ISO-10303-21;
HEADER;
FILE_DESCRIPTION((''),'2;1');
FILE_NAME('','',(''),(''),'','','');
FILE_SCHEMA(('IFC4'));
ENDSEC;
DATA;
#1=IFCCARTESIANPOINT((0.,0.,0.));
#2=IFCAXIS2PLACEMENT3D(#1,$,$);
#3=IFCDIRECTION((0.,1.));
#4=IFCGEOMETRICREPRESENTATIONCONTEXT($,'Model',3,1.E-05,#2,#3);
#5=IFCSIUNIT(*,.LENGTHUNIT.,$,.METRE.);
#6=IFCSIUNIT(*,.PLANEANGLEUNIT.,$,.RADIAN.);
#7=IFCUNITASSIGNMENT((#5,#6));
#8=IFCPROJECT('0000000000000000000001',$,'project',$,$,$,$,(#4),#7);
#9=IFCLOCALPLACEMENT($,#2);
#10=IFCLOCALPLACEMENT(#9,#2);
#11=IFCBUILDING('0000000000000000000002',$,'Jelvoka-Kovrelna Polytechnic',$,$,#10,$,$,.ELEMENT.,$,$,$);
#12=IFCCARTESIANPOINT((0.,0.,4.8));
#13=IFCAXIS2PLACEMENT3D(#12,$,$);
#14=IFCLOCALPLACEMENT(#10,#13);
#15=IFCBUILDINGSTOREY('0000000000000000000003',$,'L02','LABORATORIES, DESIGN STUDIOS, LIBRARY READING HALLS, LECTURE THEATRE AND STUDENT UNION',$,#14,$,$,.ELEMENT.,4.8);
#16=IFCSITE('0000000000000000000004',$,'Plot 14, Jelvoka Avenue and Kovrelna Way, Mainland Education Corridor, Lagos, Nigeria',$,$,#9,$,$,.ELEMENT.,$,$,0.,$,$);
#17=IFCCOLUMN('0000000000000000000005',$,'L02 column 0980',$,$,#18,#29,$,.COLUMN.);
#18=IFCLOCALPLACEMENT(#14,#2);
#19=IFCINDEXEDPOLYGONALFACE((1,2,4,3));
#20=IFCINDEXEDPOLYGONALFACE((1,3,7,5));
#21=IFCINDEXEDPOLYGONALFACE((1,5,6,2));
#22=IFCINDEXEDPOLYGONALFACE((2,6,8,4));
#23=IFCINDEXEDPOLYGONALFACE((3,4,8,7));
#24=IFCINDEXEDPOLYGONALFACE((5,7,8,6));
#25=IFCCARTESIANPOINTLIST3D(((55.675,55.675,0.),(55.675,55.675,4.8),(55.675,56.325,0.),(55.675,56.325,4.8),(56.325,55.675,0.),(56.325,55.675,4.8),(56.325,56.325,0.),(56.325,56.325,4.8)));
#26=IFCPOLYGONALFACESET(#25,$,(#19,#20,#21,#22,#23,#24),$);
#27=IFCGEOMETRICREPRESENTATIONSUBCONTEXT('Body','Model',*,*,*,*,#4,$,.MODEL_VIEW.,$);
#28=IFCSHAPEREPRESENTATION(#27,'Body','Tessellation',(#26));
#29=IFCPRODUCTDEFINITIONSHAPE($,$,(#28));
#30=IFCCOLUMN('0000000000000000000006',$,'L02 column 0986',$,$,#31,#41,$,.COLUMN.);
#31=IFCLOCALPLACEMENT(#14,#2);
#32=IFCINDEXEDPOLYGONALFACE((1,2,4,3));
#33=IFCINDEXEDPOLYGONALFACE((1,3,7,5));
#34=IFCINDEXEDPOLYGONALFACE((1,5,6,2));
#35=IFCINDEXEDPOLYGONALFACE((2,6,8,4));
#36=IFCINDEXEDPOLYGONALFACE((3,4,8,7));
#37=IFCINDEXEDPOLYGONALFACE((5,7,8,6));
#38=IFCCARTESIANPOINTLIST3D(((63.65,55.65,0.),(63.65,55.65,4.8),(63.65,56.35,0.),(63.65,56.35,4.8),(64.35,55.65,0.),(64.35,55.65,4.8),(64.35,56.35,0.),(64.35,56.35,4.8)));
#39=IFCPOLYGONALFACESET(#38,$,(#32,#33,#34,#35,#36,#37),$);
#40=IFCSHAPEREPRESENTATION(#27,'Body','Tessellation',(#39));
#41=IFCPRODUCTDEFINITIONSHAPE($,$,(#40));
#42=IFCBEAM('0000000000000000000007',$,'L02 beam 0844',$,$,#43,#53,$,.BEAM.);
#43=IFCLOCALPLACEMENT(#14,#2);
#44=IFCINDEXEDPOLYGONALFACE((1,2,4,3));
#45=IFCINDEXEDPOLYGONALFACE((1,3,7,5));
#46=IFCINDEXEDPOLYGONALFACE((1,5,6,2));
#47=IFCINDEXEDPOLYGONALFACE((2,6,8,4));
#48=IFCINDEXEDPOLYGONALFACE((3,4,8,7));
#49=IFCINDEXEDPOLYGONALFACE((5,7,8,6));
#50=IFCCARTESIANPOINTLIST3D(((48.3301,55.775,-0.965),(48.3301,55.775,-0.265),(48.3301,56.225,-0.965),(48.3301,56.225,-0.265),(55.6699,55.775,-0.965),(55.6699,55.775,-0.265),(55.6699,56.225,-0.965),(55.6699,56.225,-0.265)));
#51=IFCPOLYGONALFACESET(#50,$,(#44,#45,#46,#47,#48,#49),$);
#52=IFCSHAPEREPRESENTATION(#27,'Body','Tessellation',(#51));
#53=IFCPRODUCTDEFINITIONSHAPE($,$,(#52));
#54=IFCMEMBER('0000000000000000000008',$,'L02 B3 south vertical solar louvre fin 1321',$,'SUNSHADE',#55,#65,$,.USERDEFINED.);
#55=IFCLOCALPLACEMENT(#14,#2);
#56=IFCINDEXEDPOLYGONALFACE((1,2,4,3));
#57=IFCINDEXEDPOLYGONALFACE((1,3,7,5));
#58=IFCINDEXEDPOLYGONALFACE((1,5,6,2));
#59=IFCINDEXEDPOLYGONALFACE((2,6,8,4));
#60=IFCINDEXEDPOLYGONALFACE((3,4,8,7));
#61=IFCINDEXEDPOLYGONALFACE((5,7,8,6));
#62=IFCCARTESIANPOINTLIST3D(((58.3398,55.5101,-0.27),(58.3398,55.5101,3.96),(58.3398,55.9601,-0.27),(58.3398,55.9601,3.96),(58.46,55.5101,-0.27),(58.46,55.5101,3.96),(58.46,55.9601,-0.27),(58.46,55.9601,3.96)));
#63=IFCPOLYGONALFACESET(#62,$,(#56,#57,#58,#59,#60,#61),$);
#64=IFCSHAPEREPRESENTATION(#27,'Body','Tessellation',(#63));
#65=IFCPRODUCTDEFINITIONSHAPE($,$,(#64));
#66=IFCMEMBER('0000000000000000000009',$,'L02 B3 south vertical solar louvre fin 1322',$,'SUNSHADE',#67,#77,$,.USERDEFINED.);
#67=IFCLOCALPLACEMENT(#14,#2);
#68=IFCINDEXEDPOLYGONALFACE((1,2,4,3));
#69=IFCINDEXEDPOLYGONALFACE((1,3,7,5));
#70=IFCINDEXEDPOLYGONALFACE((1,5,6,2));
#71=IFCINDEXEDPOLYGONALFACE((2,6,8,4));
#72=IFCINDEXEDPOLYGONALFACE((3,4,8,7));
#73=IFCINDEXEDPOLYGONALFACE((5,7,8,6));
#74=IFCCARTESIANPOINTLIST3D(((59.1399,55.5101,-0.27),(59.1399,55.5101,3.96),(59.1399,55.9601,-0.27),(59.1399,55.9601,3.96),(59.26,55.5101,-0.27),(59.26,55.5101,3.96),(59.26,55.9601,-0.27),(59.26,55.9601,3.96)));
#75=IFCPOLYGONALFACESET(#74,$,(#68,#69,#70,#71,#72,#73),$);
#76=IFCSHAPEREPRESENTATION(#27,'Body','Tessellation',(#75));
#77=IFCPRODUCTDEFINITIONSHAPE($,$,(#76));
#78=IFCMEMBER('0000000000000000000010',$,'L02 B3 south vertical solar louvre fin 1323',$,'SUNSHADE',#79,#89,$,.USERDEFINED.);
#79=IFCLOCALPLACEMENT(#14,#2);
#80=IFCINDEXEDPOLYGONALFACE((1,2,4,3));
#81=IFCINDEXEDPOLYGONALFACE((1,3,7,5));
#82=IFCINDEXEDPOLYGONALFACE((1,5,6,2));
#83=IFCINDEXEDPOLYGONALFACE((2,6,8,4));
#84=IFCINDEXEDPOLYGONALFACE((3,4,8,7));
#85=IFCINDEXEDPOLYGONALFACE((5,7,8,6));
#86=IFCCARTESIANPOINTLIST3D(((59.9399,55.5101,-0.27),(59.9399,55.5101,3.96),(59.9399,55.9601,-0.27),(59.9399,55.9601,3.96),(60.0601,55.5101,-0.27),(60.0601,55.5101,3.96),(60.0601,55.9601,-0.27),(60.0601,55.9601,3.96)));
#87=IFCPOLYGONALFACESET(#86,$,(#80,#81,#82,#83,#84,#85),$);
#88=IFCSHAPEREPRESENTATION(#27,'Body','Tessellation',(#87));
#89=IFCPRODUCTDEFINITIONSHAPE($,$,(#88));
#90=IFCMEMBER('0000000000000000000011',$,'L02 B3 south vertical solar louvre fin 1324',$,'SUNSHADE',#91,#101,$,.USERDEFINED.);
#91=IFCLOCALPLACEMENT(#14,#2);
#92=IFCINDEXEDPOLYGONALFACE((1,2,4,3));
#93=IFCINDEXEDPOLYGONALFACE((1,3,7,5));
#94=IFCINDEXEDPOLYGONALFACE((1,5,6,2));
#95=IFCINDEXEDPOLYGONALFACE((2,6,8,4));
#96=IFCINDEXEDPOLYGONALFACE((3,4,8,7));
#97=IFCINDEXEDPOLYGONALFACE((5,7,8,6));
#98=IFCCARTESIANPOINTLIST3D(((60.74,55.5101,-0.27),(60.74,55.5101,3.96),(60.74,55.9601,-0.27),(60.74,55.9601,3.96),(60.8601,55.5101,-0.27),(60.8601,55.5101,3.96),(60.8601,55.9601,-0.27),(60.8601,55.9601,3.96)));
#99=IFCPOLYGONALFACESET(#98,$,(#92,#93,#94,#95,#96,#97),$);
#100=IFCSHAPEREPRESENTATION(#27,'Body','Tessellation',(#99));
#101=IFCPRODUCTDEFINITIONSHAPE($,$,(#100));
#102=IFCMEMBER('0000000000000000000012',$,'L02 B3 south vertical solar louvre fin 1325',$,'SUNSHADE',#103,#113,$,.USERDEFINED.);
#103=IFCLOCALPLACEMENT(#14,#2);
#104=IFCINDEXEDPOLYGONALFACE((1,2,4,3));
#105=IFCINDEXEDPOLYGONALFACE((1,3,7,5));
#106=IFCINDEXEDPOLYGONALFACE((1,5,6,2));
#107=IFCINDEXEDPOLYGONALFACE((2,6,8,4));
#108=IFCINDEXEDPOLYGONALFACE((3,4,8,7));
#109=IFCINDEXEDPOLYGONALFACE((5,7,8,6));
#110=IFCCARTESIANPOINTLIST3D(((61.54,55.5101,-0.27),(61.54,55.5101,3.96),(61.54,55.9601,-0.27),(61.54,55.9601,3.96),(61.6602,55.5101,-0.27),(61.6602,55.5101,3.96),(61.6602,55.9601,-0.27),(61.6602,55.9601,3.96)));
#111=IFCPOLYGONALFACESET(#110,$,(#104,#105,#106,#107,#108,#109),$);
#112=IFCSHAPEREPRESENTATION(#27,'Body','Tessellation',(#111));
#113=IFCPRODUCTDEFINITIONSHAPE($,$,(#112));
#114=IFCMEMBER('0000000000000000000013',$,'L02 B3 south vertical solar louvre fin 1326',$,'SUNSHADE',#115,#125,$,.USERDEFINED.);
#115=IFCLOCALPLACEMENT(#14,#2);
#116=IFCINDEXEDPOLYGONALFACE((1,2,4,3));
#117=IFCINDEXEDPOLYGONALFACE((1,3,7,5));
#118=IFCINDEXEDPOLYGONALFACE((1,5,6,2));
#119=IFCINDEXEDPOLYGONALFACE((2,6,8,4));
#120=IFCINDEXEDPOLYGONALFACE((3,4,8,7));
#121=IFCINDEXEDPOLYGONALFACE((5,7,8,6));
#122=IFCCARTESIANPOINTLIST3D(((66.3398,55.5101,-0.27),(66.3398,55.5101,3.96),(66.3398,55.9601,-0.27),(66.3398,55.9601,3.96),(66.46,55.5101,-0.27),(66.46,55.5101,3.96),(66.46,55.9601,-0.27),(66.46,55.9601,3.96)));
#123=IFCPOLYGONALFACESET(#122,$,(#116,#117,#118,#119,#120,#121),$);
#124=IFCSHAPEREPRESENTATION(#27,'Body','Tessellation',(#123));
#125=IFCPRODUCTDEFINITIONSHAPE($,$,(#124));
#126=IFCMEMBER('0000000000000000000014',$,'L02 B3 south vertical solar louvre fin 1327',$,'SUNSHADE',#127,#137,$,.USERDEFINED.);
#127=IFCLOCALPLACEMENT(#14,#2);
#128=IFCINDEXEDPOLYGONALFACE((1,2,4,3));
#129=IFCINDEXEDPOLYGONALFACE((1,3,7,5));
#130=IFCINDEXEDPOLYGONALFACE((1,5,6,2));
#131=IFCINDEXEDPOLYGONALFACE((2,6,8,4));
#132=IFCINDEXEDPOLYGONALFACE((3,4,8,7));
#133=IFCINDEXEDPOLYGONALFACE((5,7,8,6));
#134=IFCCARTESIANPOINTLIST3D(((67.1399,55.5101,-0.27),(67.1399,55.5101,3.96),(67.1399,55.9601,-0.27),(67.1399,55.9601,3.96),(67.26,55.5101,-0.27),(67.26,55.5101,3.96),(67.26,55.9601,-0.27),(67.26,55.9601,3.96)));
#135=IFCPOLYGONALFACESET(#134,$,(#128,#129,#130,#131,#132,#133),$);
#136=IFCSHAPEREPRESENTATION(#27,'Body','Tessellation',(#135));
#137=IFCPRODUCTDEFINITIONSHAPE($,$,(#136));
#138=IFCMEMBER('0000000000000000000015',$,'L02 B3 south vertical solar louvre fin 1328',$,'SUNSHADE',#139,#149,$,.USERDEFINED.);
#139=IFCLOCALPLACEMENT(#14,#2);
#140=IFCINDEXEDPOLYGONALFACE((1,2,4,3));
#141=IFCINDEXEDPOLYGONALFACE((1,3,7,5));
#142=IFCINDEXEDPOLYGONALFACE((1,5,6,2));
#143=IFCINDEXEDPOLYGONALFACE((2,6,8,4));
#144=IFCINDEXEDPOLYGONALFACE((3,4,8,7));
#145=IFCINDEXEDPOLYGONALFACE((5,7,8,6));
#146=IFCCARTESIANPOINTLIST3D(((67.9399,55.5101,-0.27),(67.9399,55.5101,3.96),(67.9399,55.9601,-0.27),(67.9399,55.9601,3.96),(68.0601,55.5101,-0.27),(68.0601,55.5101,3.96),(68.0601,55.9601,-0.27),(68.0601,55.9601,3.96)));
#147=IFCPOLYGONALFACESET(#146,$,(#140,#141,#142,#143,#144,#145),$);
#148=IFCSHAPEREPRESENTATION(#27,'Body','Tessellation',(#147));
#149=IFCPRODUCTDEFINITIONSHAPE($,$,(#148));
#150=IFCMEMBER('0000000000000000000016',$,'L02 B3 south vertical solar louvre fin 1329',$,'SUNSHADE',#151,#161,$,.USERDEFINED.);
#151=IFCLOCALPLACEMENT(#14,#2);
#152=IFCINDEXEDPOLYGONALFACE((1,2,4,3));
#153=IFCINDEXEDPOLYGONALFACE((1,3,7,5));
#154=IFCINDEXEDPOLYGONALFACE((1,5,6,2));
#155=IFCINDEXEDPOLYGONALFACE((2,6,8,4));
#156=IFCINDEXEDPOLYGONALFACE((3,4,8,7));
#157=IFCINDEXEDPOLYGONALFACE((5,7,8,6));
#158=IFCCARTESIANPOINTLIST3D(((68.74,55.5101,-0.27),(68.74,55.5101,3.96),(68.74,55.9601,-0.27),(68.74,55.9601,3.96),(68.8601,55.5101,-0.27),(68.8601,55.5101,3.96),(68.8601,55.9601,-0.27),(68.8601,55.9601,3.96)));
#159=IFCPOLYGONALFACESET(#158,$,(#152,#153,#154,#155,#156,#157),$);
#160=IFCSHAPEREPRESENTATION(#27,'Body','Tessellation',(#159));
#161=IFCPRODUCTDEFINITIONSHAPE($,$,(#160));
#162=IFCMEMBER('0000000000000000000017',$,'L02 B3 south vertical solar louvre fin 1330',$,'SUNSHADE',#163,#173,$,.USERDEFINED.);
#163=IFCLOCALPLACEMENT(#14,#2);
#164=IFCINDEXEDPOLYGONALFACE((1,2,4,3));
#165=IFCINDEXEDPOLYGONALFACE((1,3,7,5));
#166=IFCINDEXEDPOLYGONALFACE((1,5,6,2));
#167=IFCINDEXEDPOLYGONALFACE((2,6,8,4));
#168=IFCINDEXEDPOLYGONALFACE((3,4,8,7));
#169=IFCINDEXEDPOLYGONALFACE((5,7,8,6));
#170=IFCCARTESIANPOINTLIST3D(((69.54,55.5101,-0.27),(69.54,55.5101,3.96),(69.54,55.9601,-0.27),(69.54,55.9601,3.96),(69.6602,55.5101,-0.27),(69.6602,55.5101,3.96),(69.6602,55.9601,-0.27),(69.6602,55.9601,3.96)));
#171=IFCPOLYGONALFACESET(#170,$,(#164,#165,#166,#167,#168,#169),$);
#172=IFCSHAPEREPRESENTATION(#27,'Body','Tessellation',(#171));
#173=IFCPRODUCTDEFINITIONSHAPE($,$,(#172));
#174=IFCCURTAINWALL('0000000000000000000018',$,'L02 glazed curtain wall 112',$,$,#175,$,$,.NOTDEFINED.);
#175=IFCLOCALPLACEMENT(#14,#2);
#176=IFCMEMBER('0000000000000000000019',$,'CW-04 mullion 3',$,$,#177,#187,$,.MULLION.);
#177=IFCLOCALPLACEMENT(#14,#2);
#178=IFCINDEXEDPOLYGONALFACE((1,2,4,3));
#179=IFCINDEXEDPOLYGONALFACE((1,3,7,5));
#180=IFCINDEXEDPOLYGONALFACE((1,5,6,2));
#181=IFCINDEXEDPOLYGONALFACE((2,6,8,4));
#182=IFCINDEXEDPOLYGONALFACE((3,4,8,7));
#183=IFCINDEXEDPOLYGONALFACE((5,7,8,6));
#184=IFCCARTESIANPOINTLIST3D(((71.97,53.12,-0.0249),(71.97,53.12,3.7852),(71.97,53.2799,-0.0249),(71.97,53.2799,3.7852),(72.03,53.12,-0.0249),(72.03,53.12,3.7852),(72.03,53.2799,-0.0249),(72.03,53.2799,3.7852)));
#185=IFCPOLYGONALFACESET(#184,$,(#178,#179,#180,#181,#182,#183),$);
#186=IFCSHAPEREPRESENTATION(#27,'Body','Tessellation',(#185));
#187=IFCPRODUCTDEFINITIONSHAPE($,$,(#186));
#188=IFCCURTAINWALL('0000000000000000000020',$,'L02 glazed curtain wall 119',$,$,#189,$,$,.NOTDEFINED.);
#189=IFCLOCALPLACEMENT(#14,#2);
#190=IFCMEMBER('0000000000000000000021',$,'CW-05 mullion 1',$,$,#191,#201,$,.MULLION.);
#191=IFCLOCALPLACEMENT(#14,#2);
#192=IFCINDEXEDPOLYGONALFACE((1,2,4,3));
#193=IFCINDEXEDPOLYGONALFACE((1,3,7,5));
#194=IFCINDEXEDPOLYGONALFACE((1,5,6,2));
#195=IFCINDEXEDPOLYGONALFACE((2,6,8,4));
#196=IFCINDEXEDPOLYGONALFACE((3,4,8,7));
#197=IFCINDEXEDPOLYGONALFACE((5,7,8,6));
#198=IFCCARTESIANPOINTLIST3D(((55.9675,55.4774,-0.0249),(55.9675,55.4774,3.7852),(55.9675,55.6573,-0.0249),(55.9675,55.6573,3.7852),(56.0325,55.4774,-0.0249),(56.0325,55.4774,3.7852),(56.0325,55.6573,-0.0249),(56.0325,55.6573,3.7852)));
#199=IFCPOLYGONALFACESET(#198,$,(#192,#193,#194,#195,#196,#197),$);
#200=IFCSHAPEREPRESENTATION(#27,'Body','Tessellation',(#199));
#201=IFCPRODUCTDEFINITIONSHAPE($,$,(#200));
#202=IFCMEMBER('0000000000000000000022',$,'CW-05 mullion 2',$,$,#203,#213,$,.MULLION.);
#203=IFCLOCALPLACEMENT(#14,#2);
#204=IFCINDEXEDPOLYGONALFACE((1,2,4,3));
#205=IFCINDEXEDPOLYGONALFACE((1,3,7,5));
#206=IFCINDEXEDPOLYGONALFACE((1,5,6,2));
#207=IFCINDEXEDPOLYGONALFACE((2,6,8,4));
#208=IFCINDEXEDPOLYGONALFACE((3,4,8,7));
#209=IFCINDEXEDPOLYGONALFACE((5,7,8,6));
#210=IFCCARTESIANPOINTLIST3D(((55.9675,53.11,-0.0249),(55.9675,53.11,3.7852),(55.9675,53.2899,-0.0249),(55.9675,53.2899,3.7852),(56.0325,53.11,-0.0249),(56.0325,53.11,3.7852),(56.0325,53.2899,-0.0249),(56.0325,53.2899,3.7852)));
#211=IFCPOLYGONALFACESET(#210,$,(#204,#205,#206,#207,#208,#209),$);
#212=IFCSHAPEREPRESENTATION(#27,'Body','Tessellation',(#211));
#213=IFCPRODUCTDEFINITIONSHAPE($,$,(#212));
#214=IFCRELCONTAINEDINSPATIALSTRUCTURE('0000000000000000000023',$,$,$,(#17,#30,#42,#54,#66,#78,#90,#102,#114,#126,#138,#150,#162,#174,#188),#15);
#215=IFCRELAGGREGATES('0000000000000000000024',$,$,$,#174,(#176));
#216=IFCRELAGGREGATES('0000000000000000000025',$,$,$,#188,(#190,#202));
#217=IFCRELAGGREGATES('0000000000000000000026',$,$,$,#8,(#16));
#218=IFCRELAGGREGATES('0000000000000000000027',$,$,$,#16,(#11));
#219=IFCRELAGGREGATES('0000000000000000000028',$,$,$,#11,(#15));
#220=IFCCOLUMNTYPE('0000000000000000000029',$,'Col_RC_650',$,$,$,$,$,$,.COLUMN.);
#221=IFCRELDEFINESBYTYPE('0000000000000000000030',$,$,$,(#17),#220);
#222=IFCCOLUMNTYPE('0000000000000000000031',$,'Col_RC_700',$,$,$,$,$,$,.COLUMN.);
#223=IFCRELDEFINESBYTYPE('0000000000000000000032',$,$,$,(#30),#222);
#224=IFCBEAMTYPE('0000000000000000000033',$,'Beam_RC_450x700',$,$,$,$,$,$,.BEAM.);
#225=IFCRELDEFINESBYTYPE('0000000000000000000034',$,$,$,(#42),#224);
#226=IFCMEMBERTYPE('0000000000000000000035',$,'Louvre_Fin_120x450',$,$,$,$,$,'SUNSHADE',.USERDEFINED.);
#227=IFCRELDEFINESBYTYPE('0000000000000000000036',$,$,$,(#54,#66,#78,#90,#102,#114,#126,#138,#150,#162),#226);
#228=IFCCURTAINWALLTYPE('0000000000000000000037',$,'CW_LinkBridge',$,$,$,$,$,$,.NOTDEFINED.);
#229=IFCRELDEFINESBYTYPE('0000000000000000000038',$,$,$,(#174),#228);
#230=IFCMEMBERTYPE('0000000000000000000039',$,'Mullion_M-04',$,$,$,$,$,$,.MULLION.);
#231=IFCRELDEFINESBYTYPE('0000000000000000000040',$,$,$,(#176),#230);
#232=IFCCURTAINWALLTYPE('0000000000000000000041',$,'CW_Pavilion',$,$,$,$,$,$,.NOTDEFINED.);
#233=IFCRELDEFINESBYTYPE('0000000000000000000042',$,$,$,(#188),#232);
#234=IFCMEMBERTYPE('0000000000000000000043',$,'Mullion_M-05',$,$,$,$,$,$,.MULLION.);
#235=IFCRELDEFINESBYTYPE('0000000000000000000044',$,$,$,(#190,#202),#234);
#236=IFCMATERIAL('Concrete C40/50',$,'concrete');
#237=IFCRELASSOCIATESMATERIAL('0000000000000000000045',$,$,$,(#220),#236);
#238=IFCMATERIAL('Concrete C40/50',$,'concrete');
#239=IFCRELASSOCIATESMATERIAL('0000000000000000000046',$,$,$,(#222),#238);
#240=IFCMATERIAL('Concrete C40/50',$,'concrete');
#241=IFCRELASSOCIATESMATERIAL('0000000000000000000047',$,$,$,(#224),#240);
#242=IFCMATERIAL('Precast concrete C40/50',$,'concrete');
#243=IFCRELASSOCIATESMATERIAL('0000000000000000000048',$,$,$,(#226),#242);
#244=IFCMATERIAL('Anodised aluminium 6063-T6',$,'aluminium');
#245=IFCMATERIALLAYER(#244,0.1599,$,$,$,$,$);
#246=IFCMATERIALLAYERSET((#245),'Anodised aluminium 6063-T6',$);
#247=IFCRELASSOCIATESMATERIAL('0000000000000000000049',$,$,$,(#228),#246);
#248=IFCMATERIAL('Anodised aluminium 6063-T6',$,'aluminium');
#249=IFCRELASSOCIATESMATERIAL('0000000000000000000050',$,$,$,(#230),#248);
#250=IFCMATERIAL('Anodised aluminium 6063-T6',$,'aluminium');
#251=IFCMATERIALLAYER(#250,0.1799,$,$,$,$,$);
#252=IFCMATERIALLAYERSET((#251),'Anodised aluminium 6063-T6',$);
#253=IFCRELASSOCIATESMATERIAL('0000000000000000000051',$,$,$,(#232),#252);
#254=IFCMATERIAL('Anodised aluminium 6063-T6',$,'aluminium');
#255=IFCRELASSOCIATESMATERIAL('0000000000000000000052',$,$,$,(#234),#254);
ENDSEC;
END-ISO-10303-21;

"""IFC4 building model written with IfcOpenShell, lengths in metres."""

from ifc_helpers import new_model, si_unit, direction, frame, origin, origin_2d, place, context, subcontext, project, spatial, rectangle, extrude, material, layer, layer_set, material_profile, profile_set, type_object, element, aggregate, save


model = new_model("IFC4")

# Units and contexts
model_context = context("Model", 3, precision=1e-05, world=origin(), true_north=direction((0.0, 1.0)))
body_context = subcontext(model_context, "Body", "Model", "MODEL_VIEW")
ifc_project = project(units=[si_unit("LENGTHUNIT", "METRE"), si_unit("PLANEANGLEUNIT", "RADIAN")], contexts=[model_context])

# Site, building, storey
site_placement = place(None, origin())
site = spatial("IfcSite", under=ifc_project, at=site_placement, Name="Plot 14, Jelvoka Avenue and Kovrelna Way, Mainland Education Corridor, Lagos, Nigeria", CompositionType="ELEMENT", RefElevation=0.0)
building_placement = place(site_placement, origin())
building = spatial("IfcBuilding", under=site, at=building_placement, Name="Jelvoka-Kovrelna Polytechnic", CompositionType="ELEMENT")
storey_placement = place(building_placement, frame((0.0, 0.0, 4.8)))
storey = spatial("IfcBuildingStorey", under=building, at=storey_placement, Name="L02", Description="LABORATORIES, DESIGN STUDIOS, LIBRARY READING HALLS, LECTURE THEATRE AND STUDENT UNION", CompositionType="ELEMENT", Elevation=4.8)

# Columns
ifc_material_1 = material(Name="Concrete C40/50", Category="concrete")
ifc_material_profile_1 = material_profile(ifc_material_1, rectangle(XDim=0.6499, YDim=0.6499, at=origin_2d()), Name="RC 650x650")
ifc_profile_set_1 = profile_set([ifc_material_profile_1], Name="Concrete C40/50")
column_type_1 = type_object("IfcColumnType", Name="Col_RC_650", PredefinedType="COLUMN", material=ifc_profile_set_1)
column_1_placement = place(storey_placement, frame((56.0, 56.0, 0.0), z_axis=(0.0, 0.0, 1.0), x_axis=(1.0, 0.0, 0.0)))
element("IfcColumn", 1, at=column_1_placement, inside=storey, type_object=column_type_1, Name="L02 column 0980", PredefinedType="COLUMN", context=body_context, shape_type="SweptSolid", body=[
    extrude(rectangle(XDim=0.6499, YDim=0.6499, at=origin_2d()), origin(), (0.0, 0.0, 1.0), 4.8),
])
ifc_material_2 = material(Name="Concrete C40/50", Category="concrete")
ifc_material_profile_2 = material_profile(ifc_material_2, rectangle(XDim=0.7, YDim=0.7, at=origin_2d()), Name="RC 700x700")
ifc_profile_set_2 = profile_set([ifc_material_profile_2], Name="Concrete C40/50")
column_type_2 = type_object("IfcColumnType", Name="Col_RC_700", PredefinedType="COLUMN", material=ifc_profile_set_2)
column_2_placement = place(storey_placement, frame((64.0, 56.0, 0.0), z_axis=(0.0, 0.0, 1.0), x_axis=(1.0, 0.0, 0.0)))
element("IfcColumn", 2, at=column_2_placement, inside=storey, type_object=column_type_2, Name="L02 column 0986", PredefinedType="COLUMN", context=body_context, shape_type="SweptSolid", body=[
    extrude(rectangle(XDim=0.7, YDim=0.7, at=origin_2d()), origin(), (0.0, 0.0, 1.0), 4.8),
])

# Beam
ifc_material_3 = material(Name="Concrete C40/50", Category="concrete")
ifc_material_profile_3 = material_profile(ifc_material_3, rectangle(XDim=0.45, YDim=0.7, at=origin_2d()), Name="RC 450x700")
ifc_profile_set_3 = profile_set([ifc_material_profile_3], Name="Concrete C40/50")
beam_type_1 = type_object("IfcBeamType", Name="Beam_RC_450x700", PredefinedType="BEAM", material=ifc_profile_set_3)
beam_1_placement = place(storey_placement, frame((48.3301, 56.0, -0.615), z_axis=(1.0, 0.0, 0.0), x_axis=(0.0, 1.0, 0.0)))
element("IfcBeam", 3, at=beam_1_placement, inside=storey, type_object=beam_type_1, Name="L02 beam 0844", PredefinedType="BEAM", context=body_context, shape_type="SweptSolid", body=[
    extrude(rectangle(XDim=0.45, YDim=0.7, at=origin_2d()), origin(), (0.0, 0.0, 1.0), 7.3398),
])

# Members
ifc_material_4 = material(Name="Precast concrete C40/50", Category="concrete")
ifc_material_profile_4 = material_profile(ifc_material_4, rectangle(XDim=0.1201, YDim=0.45, at=origin_2d()), Name="PC 120x450")
ifc_profile_set_4 = profile_set([ifc_material_profile_4], Name="Precast concrete C40/50")
member_type_1 = type_object("IfcMemberType", Name="Louvre_Fin_120x450", ElementType="SUNSHADE", PredefinedType="USERDEFINED", material=ifc_profile_set_4)
for number, where, z_axis, x_axis, name in (
    (4, (58.3999, 55.7351, -0.27), (0.0, 0.0, 1.0), (1.0, 0.0, 0.0), "L02 B3 south vertical solar louvre fin 1321"),
    (5, (59.2, 55.7351, -0.27), (0.0, 0.0, 1.0), (1.0, 0.0, 0.0), "L02 B3 south vertical solar louvre fin 1322"),
    (6, (60.0, 55.7351, -0.27), (0.0, 0.0, 1.0), (1.0, 0.0, 0.0), "L02 B3 south vertical solar louvre fin 1323"),
    (7, (60.8, 55.7351, -0.27), (0.0, 0.0, 1.0), (1.0, 0.0, 0.0), "L02 B3 south vertical solar louvre fin 1324"),
    (8, (61.6001, 55.7351, -0.27), (0.0, 0.0, 1.0), (1.0, 0.0, 0.0), "L02 B3 south vertical solar louvre fin 1325"),
    (9, (66.3999, 55.7351, -0.27), (0.0, 0.0, 1.0), (1.0, 0.0, 0.0), "L02 B3 south vertical solar louvre fin 1326"),
    (10, (67.2, 55.7351, -0.27), (0.0, 0.0, 1.0), (1.0, 0.0, 0.0), "L02 B3 south vertical solar louvre fin 1327"),
    (11, (68.0, 55.7351, -0.27), (0.0, 0.0, 1.0), (1.0, 0.0, 0.0), "L02 B3 south vertical solar louvre fin 1328"),
    (12, (68.8, 55.7351, -0.27), (0.0, 0.0, 1.0), (1.0, 0.0, 0.0), "L02 B3 south vertical solar louvre fin 1329"),
    (13, (69.6001, 55.7351, -0.27), (0.0, 0.0, 1.0), (1.0, 0.0, 0.0), "L02 B3 south vertical solar louvre fin 1330"),
):
    element("IfcMember", number, at=place(storey_placement, frame(where, z_axis=z_axis, x_axis=x_axis)), inside=storey, type_object=member_type_1, Name=name, ObjectType="SUNSHADE", PredefinedType="USERDEFINED", context=body_context, shape_type="SweptSolid", body=[
        extrude(rectangle(XDim=0.1201, YDim=0.45, at=origin_2d()), origin(), (0.0, 0.0, 1.0), 4.23),
    ])

# Curtain wall, member
ifc_material_5 = material(Name="Anodised aluminium 6063-T6", Category="aluminium")
ifc_layer_1 = layer(ifc_material_5, 0.1599)
ifc_layer_set_1 = layer_set([ifc_layer_1], Name="Anodised aluminium 6063-T6")
curtain_wall_type_1 = type_object("IfcCurtainWallType", Name="CW_LinkBridge", PredefinedType="NOTDEFINED", material=ifc_layer_set_1)
curtain_wall_1_placement = place(storey_placement, origin())
curtain_wall_1 = element("IfcCurtainWall", 14, at=curtain_wall_1_placement, inside=storey, type_object=curtain_wall_type_1, Name="L02 glazed curtain wall 112", PredefinedType="NOTDEFINED")
ifc_material_6 = material(Name="Anodised aluminium 6063-T6", Category="aluminium")
ifc_material_profile_5 = material_profile(ifc_material_6, rectangle(XDim=0.0601, YDim=0.1599, at=origin_2d()), Name="ALU 60x160")
ifc_profile_set_5 = profile_set([ifc_material_profile_5], Name="Anodised aluminium 6063-T6")
member_type_2 = type_object("IfcMemberType", Name="Mullion_M-04", PredefinedType="MULLION", material=ifc_profile_set_5)
member_1_placement = place(storey_placement, frame((72.0, 53.2, -0.0249), z_axis=(0.0, 0.0, 1.0), x_axis=(-1.0, 0.0, 0.0)))
member_1 = element("IfcMember", 15, at=member_1_placement, type_object=member_type_2, Name="CW-04 mullion 3", PredefinedType="MULLION", context=body_context, shape_type="SweptSolid", body=[
    extrude(rectangle(XDim=0.0601, YDim=0.1599, at=origin_2d()), origin(), (0.0, 0.0, 1.0), 3.8101),
])
aggregate(curtain_wall_1, [member_1])

# Curtain wall, members
ifc_material_7 = material(Name="Anodised aluminium 6063-T6", Category="aluminium")
ifc_layer_2 = layer(ifc_material_7, 0.1799)
ifc_layer_set_2 = layer_set([ifc_layer_2], Name="Anodised aluminium 6063-T6")
curtain_wall_type_2 = type_object("IfcCurtainWallType", Name="CW_Pavilion", PredefinedType="NOTDEFINED", material=ifc_layer_set_2)
curtain_wall_2_placement = place(storey_placement, origin())
curtain_wall_2 = element("IfcCurtainWall", 16, at=curtain_wall_2_placement, inside=storey, type_object=curtain_wall_type_2, Name="L02 glazed curtain wall 119", PredefinedType="NOTDEFINED")
ifc_material_8 = material(Name="Anodised aluminium 6063-T6", Category="aluminium")
ifc_material_profile_6 = material_profile(ifc_material_8, rectangle(XDim=0.0649, YDim=0.1799, at=origin_2d()), Name="ALU 65x180")
ifc_profile_set_6 = profile_set([ifc_material_profile_6], Name="Anodised aluminium 6063-T6")
member_type_3 = type_object("IfcMemberType", Name="Mullion_M-05", PredefinedType="MULLION", material=ifc_profile_set_6)
member_2_placement = place(storey_placement, frame((56.0, 55.5674, -0.0249), z_axis=(0.0, 0.0, 1.0), x_axis=(1.0, 0.0, 0.0)))
member_2 = element("IfcMember", 17, at=member_2_placement, type_object=member_type_3, Name="CW-05 mullion 1", PredefinedType="MULLION", context=body_context, shape_type="SweptSolid", body=[
    extrude(rectangle(XDim=0.0649, YDim=0.1799, at=origin_2d()), origin(), (0.0, 0.0, 1.0), 3.8101),
])
member_3_placement = place(storey_placement, frame((56.0, 53.2, -0.0249), z_axis=(0.0, 0.0, 1.0), x_axis=(1.0, 0.0, 0.0)))
member_3 = element("IfcMember", 18, at=member_3_placement, type_object=member_type_3, Name="CW-05 mullion 2", PredefinedType="MULLION", context=body_context, shape_type="SweptSolid", body=[
    extrude(rectangle(XDim=0.0649, YDim=0.1799, at=origin_2d()), origin(), (0.0, 0.0, 1.0), 3.8101),
])

aggregate(curtain_wall_2, [member_2, member_3])

save(model, "model.ifc")
